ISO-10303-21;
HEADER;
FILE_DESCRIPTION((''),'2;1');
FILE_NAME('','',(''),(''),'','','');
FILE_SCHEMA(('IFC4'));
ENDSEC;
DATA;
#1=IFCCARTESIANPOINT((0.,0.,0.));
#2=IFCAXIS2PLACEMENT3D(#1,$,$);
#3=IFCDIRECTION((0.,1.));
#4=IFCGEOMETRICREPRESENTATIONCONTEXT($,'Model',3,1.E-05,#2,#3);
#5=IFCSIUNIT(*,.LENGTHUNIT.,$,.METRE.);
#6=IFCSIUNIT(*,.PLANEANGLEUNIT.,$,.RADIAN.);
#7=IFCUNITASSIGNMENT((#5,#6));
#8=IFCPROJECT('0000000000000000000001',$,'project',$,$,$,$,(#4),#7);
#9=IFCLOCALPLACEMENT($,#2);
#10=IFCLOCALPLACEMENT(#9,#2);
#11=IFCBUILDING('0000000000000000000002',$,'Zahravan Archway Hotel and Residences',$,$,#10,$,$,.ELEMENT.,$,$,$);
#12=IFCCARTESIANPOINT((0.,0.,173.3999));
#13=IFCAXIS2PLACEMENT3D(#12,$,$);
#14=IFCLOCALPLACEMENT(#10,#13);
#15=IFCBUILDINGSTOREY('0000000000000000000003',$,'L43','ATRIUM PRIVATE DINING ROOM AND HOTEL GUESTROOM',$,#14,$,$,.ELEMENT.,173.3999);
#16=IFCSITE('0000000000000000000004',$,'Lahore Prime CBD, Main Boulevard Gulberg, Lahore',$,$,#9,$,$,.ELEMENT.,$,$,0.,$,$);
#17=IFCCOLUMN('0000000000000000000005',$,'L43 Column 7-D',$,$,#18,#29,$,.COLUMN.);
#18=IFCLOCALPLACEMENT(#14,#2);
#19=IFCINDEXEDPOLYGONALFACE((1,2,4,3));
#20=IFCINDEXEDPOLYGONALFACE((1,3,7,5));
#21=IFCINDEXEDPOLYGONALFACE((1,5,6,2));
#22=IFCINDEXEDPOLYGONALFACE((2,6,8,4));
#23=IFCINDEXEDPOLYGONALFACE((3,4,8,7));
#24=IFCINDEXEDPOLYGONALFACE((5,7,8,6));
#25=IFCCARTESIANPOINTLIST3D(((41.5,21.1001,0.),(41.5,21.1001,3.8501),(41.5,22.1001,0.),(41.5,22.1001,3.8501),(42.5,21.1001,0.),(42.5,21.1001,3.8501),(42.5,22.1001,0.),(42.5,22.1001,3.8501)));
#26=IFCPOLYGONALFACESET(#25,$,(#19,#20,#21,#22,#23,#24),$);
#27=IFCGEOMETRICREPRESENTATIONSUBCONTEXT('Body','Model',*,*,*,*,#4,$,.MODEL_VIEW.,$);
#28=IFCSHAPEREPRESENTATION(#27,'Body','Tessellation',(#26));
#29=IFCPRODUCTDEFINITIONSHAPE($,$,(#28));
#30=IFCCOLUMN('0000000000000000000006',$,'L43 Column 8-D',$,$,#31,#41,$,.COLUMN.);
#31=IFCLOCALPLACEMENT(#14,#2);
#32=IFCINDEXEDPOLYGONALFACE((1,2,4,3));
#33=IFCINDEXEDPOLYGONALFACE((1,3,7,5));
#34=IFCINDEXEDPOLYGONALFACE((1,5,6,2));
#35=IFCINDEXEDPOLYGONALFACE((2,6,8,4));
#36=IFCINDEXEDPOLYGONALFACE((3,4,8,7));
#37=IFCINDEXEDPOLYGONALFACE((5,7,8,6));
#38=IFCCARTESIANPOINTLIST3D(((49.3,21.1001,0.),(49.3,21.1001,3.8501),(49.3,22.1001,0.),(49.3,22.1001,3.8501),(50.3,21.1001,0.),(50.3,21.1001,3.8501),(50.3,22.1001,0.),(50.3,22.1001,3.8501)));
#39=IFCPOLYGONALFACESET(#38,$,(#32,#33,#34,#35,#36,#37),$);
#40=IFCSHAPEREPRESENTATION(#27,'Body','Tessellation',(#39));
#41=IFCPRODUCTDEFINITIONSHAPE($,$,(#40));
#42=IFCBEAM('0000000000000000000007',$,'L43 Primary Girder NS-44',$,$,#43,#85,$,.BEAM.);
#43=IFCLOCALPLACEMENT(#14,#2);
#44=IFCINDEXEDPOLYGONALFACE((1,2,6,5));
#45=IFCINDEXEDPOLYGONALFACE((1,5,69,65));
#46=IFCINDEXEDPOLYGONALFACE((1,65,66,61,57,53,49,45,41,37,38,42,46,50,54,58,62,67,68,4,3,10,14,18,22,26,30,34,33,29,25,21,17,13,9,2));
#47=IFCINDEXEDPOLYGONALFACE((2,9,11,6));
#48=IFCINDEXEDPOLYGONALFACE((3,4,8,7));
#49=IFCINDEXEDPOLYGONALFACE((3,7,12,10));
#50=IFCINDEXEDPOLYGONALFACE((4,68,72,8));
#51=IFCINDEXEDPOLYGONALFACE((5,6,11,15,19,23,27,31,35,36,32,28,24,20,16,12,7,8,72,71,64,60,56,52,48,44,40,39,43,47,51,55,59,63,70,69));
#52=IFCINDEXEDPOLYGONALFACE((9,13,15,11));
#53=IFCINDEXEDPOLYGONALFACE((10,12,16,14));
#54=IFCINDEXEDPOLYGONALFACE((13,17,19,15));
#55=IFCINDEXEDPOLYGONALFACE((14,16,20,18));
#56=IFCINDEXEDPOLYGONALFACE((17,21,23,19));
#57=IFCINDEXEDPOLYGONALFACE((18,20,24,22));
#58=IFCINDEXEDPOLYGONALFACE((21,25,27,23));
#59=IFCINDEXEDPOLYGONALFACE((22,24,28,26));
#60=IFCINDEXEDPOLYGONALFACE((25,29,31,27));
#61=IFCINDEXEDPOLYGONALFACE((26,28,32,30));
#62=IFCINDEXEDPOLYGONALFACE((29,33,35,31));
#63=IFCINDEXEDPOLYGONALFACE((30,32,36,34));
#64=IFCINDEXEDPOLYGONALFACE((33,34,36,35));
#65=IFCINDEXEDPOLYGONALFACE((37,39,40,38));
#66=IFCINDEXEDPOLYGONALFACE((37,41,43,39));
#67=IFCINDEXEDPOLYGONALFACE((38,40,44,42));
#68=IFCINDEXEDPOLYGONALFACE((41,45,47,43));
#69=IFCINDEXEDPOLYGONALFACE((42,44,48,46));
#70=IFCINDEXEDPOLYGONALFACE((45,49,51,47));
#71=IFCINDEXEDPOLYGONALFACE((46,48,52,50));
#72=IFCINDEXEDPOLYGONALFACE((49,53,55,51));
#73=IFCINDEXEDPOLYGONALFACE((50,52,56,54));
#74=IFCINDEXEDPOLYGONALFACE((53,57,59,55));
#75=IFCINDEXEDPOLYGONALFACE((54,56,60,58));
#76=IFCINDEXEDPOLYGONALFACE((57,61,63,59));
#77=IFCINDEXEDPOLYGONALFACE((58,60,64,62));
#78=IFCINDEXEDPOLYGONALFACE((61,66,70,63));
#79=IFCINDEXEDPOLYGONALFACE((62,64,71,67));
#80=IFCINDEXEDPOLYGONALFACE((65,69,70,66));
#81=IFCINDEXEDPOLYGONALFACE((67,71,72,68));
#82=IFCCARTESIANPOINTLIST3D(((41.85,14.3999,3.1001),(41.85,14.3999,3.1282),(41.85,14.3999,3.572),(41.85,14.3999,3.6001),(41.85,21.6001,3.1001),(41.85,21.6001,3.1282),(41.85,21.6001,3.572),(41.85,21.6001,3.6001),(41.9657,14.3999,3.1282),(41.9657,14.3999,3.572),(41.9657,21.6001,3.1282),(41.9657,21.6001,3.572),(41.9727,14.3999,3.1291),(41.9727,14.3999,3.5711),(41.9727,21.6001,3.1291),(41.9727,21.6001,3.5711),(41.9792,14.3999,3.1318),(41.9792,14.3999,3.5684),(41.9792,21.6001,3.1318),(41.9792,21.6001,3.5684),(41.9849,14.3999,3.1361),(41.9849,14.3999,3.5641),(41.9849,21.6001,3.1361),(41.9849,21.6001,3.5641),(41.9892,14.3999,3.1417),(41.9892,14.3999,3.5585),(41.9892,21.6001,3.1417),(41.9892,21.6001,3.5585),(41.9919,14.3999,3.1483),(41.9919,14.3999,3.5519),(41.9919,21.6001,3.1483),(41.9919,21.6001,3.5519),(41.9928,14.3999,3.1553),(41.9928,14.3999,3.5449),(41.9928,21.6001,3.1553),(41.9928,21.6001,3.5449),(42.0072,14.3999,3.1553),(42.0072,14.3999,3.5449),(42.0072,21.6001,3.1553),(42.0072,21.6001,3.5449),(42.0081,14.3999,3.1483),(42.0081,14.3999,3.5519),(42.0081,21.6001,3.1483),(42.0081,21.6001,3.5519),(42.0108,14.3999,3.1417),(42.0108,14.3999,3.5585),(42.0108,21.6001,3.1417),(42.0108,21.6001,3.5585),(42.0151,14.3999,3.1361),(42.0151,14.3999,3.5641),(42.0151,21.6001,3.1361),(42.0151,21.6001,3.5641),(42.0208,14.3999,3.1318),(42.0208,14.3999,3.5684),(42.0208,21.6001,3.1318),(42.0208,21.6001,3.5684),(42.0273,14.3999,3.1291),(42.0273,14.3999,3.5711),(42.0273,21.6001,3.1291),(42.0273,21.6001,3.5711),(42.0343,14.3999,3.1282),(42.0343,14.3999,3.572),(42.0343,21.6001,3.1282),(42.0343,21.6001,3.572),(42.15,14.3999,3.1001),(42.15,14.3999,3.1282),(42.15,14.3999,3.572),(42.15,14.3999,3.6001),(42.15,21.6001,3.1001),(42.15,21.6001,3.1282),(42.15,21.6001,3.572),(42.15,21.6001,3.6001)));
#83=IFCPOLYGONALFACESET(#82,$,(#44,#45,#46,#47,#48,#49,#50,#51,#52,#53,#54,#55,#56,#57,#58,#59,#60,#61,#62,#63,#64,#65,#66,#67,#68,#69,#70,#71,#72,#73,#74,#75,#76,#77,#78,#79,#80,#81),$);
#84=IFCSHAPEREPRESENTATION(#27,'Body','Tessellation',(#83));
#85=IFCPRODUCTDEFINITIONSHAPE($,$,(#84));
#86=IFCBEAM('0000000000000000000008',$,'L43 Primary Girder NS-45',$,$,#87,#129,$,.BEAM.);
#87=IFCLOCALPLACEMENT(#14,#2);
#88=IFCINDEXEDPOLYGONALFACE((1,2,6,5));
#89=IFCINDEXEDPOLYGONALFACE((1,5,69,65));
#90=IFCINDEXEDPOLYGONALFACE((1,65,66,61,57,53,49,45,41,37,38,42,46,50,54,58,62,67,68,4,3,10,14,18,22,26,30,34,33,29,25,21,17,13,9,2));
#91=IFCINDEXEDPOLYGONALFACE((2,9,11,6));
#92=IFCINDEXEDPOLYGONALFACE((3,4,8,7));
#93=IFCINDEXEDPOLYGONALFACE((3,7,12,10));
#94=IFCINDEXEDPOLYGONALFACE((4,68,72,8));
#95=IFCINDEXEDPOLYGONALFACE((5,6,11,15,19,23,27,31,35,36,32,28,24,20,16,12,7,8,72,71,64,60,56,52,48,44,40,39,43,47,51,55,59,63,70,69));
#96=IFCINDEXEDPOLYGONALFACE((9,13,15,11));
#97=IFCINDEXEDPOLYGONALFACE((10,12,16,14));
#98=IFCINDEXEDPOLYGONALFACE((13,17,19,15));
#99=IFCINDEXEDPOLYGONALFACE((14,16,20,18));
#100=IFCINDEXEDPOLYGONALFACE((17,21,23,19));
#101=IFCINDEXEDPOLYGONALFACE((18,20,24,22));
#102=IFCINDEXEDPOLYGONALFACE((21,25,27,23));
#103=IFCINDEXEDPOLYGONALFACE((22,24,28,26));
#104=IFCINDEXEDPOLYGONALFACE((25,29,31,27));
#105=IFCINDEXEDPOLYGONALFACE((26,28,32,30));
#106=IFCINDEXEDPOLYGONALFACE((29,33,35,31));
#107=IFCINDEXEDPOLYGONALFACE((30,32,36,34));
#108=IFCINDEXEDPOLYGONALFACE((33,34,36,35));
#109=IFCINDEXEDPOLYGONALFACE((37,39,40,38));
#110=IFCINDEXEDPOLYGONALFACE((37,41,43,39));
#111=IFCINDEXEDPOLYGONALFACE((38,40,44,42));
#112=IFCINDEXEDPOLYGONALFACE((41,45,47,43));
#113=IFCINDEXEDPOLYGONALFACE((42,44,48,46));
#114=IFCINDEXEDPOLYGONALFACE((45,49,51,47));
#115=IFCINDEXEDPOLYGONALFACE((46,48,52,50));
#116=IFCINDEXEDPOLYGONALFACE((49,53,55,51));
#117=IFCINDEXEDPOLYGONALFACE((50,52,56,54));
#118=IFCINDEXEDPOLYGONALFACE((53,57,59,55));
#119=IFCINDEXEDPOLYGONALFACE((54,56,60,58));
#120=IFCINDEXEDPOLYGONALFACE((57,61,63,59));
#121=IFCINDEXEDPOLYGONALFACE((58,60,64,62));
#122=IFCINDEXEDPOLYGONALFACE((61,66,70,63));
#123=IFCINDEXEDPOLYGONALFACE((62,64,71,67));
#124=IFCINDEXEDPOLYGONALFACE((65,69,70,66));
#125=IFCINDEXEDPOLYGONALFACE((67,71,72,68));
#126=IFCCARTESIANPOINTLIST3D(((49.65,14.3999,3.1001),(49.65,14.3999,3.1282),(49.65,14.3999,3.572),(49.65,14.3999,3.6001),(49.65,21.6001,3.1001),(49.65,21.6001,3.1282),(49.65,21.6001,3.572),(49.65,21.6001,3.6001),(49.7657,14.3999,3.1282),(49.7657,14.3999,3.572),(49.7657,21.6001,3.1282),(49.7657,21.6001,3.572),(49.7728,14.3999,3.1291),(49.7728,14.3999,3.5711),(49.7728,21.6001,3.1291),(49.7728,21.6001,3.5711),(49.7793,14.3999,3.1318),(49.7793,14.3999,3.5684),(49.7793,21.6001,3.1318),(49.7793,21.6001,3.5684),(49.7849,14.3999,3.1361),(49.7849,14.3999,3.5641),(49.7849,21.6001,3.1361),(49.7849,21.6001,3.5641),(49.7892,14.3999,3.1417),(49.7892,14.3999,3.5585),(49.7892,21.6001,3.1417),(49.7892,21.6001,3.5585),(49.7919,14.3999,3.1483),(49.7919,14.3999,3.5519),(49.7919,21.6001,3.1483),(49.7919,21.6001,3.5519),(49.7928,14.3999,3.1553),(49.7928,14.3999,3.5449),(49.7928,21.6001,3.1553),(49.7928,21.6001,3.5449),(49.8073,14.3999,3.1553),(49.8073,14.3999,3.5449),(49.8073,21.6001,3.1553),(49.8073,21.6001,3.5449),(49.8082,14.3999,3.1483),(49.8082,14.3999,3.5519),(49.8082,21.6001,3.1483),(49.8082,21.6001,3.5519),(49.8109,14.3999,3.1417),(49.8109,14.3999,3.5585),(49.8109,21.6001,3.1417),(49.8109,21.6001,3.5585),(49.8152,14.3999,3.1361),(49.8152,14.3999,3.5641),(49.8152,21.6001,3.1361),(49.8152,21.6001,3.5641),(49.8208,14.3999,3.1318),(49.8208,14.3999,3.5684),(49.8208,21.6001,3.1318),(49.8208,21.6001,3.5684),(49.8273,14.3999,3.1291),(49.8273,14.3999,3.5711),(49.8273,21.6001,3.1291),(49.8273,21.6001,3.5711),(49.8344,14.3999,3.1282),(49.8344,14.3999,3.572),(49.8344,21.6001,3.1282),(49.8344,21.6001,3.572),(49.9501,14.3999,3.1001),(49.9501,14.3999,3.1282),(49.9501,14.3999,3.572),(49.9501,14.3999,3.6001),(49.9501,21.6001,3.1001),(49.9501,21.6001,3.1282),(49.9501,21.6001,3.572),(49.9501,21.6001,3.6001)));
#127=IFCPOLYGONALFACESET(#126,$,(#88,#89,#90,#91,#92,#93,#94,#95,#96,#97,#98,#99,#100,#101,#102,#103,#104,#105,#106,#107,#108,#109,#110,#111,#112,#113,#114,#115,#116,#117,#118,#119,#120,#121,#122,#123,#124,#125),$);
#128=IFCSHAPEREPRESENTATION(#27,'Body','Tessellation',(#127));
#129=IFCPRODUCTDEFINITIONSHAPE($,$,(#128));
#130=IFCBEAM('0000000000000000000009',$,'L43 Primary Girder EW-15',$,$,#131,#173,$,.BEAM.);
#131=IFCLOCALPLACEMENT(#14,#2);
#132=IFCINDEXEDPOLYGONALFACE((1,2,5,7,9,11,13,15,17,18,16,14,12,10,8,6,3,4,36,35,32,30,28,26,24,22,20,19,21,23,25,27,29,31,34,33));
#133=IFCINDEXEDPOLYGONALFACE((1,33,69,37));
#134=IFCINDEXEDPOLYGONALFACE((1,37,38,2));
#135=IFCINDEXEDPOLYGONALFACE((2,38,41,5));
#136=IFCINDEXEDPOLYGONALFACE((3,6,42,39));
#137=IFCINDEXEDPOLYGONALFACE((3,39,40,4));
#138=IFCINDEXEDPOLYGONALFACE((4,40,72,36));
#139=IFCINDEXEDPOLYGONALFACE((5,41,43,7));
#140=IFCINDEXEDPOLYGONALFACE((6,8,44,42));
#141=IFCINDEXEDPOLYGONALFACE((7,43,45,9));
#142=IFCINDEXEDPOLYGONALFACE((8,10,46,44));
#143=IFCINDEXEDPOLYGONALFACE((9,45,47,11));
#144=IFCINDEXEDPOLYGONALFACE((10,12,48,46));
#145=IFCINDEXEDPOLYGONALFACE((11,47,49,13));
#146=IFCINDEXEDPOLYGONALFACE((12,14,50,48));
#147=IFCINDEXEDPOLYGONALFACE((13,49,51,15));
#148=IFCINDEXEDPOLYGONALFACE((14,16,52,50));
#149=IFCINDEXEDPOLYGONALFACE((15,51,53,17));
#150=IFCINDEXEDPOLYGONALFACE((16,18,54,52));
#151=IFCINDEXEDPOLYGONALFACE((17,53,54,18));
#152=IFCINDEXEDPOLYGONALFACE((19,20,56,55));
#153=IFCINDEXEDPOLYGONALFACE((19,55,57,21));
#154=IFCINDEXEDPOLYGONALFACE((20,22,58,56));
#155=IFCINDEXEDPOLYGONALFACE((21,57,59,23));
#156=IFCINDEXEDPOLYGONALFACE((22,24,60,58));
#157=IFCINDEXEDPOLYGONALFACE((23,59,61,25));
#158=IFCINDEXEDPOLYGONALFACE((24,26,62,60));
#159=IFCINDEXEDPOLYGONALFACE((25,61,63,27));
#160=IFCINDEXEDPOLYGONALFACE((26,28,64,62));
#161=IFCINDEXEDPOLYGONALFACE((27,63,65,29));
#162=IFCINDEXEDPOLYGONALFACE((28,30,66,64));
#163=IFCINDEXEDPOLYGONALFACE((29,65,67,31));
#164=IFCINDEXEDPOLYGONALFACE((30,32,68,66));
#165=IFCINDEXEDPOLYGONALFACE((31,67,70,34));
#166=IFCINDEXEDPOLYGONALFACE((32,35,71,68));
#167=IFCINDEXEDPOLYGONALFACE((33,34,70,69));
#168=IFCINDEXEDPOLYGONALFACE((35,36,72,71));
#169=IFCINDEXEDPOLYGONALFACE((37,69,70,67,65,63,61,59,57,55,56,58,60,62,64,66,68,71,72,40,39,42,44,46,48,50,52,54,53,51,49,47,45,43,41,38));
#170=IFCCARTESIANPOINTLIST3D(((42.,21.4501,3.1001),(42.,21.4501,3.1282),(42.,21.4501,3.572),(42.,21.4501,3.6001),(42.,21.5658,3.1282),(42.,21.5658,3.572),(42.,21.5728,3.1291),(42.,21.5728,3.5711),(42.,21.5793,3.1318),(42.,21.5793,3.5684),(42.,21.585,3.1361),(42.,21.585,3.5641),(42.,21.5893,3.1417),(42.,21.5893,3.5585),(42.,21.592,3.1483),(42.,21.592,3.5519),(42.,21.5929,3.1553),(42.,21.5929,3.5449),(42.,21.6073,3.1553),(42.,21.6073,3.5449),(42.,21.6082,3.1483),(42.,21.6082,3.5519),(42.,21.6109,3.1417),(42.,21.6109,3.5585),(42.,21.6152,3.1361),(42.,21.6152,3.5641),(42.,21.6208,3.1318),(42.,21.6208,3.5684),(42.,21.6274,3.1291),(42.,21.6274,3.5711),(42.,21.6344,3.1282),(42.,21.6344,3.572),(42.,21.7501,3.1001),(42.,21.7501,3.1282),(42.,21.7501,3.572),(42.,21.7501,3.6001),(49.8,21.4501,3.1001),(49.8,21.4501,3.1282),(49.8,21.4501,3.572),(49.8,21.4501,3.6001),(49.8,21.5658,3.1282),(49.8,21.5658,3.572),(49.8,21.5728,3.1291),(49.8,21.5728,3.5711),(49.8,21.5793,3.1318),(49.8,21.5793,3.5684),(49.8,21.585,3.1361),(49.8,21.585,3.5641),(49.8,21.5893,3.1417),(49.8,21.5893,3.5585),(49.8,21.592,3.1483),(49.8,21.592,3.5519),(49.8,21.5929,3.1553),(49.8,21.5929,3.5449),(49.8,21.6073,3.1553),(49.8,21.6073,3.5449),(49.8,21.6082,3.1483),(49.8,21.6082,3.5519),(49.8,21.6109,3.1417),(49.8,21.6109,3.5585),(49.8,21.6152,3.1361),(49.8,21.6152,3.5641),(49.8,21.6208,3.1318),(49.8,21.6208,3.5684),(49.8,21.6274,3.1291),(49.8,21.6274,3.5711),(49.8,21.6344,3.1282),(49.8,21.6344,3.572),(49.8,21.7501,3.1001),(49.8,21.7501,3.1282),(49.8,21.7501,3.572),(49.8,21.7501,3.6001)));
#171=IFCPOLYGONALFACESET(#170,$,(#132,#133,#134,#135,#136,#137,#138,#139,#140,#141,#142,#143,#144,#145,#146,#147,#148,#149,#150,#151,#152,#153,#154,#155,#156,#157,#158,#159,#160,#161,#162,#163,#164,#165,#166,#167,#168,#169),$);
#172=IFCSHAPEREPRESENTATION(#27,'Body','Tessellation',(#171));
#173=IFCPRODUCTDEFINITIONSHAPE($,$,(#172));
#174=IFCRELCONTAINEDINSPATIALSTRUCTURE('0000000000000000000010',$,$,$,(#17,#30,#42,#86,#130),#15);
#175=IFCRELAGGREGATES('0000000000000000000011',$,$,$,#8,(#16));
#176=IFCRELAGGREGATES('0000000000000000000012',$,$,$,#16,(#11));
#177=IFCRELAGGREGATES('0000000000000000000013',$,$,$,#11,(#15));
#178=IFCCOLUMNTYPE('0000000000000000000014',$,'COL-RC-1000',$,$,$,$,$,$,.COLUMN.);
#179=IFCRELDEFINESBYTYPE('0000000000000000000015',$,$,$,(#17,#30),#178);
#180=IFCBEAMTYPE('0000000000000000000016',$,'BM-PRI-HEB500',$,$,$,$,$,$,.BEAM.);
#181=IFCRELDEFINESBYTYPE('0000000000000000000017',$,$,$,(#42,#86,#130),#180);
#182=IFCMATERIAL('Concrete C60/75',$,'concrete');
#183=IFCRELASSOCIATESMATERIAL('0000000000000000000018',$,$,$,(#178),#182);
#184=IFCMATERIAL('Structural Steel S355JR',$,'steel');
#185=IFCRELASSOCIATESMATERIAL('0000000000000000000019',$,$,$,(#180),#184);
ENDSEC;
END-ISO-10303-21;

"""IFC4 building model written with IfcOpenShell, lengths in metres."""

from ifc_helpers import new_model, si_unit, direction, frame, origin, origin_2d, place, context, subcontext, project, spatial, rectangle, i_section, extrude, source, transform, mapped, material, material_profile, profile_set, type_object, type_shapes, element, save


model = new_model("IFC4")

# Units and contexts
model_context = context("Model", 3, precision=1e-05, world=origin(), true_north=direction((0.0, 1.0)))
body_context = subcontext(model_context, "Body", "Model", "MODEL_VIEW")
ifc_project = project(units=[si_unit("LENGTHUNIT", "METRE"), si_unit("PLANEANGLEUNIT", "RADIAN")], contexts=[model_context])

# Site, building, storey
site_placement = place(None, origin())
site = spatial("IfcSite", under=ifc_project, at=site_placement, Name="Lahore Prime CBD, Main Boulevard Gulberg, Lahore", CompositionType="ELEMENT", RefElevation=0.0)
building_placement = place(site_placement, origin())
building = spatial("IfcBuilding", under=site, at=building_placement, Name="Zahravan Archway Hotel and Residences", CompositionType="ELEMENT")
storey_placement = place(building_placement, frame((0.0, 0.0, 173.3999)))
storey = spatial("IfcBuildingStorey", under=building, at=storey_placement, Name="L43", Description="ATRIUM PRIVATE DINING ROOM AND HOTEL GUESTROOM", CompositionType="ELEMENT", Elevation=173.3999)

# Columns
ifc_material_1 = material(Name="Concrete C60/75", Category="concrete")
ifc_material_profile_1 = material_profile(ifc_material_1, rectangle(XDim=1.0, YDim=1.0, at=origin_2d()), Name="RC-COL-1000x1000", Category="concrete")
ifc_profile_set_1 = profile_set([ifc_material_profile_1], Name="Concrete C60/75")
column_type = type_object("IfcColumnType", Name="COL-RC-1000", PredefinedType="COLUMN", material=ifc_profile_set_1)
shared_shape_1 = source(origin(), body_context, "Body", "SweptSolid", [
    extrude(rectangle(XDim=1.0, YDim=1.0, at=origin_2d()), origin(), (0.0, 0.0, 1.0), 3.8501),
])
for number, where, z_axis, x_axis, name in (
    (1, (42.0, 21.6001, 0.0), (0.0, 0.0, 1.0), (1.0, 0.0, 0.0), "L43 Column 7-D"),
    (2, (49.8, 21.6001, 0.0), (0.0, 0.0, 1.0), (1.0, 0.0, 0.0), "L43 Column 8-D"),
):
    element("IfcColumn", number, at=place(storey_placement, frame(where, z_axis=z_axis, x_axis=x_axis)), inside=storey, type_object=column_type, Name=name, PredefinedType="COLUMN", context=body_context, shape_type="MappedRepresentation", body=[
        mapped(shared_shape_1, transform((0.0, 0.0, 0.0), scale=1.0)),
    ])

# Beams
ifc_material_2 = material(Name="Structural Steel S355JR", Category="steel")
ifc_material_profile_2 = material_profile(ifc_material_2, i_section(OverallWidth=0.3, OverallDepth=0.5, WebThickness=0.0144, FlangeThickness=0.0281, FilletRadius=0.0271, at=origin_2d()), Name="HEB 500", Category="steel")
ifc_profile_set_2 = profile_set([ifc_material_profile_2], Name="Structural Steel S355JR")
beam_type = type_object("IfcBeamType", Name="BM-PRI-HEB500", PredefinedType="BEAM", material=ifc_profile_set_2)
shared_shape_2 = source(origin(), body_context, "Body", "SweptSolid", [
    extrude(i_section(OverallWidth=0.3, OverallDepth=0.5, WebThickness=0.0144, FlangeThickness=0.0281, FilletRadius=0.0271, at=origin_2d()), origin(), (0.0, 0.0, 1.0), 7.2002),
])
type_shapes(beam_type, [shared_shape_2])
for number, where, z_axis, x_axis, name in (
    (3, (42.0, 14.3999, 3.3501), (0.0, 1.0, 0.0), (-1.0, 0.0, 0.0), "L43 Primary Girder NS-44"),
    (4, (49.8, 14.3999, 3.3501), (0.0, 1.0, 0.0), (-1.0, 0.0, 0.0), "L43 Primary Girder NS-45"),
):
    element("IfcBeam", number, at=place(storey_placement, frame(where, z_axis=z_axis, x_axis=x_axis)), inside=storey, type_object=beam_type, Name=name, PredefinedType="BEAM", context=body_context, shape_type="MappedRepresentation", body=[
        mapped(shared_shape_2, transform((0.0, 0.0, 0.0), scale=1.0)),
    ])
shared_shape_3 = source(origin(), body_context, "Body", "SweptSolid", [
    extrude(i_section(OverallWidth=0.3, OverallDepth=0.5, WebThickness=0.0144, FlangeThickness=0.0281, FilletRadius=0.0271, at=origin_2d()), origin(), (0.0, 0.0, 1.0), 7.8),
])
beam_placement = place(storey_placement, frame((42.0, 21.6001, 3.3501), z_axis=(1.0, 0.0, 0.0), x_axis=(0.0, 1.0, 0.0)))
element("IfcBeam", 5, at=beam_placement, inside=storey, type_object=beam_type, Name="L43 Primary Girder EW-15", PredefinedType="BEAM", context=body_context, shape_type="MappedRepresentation", body=[
    mapped(shared_shape_3, transform((0.0, 0.0, 0.0), scale=1.0)),
])

save(model, "model.ifc")
